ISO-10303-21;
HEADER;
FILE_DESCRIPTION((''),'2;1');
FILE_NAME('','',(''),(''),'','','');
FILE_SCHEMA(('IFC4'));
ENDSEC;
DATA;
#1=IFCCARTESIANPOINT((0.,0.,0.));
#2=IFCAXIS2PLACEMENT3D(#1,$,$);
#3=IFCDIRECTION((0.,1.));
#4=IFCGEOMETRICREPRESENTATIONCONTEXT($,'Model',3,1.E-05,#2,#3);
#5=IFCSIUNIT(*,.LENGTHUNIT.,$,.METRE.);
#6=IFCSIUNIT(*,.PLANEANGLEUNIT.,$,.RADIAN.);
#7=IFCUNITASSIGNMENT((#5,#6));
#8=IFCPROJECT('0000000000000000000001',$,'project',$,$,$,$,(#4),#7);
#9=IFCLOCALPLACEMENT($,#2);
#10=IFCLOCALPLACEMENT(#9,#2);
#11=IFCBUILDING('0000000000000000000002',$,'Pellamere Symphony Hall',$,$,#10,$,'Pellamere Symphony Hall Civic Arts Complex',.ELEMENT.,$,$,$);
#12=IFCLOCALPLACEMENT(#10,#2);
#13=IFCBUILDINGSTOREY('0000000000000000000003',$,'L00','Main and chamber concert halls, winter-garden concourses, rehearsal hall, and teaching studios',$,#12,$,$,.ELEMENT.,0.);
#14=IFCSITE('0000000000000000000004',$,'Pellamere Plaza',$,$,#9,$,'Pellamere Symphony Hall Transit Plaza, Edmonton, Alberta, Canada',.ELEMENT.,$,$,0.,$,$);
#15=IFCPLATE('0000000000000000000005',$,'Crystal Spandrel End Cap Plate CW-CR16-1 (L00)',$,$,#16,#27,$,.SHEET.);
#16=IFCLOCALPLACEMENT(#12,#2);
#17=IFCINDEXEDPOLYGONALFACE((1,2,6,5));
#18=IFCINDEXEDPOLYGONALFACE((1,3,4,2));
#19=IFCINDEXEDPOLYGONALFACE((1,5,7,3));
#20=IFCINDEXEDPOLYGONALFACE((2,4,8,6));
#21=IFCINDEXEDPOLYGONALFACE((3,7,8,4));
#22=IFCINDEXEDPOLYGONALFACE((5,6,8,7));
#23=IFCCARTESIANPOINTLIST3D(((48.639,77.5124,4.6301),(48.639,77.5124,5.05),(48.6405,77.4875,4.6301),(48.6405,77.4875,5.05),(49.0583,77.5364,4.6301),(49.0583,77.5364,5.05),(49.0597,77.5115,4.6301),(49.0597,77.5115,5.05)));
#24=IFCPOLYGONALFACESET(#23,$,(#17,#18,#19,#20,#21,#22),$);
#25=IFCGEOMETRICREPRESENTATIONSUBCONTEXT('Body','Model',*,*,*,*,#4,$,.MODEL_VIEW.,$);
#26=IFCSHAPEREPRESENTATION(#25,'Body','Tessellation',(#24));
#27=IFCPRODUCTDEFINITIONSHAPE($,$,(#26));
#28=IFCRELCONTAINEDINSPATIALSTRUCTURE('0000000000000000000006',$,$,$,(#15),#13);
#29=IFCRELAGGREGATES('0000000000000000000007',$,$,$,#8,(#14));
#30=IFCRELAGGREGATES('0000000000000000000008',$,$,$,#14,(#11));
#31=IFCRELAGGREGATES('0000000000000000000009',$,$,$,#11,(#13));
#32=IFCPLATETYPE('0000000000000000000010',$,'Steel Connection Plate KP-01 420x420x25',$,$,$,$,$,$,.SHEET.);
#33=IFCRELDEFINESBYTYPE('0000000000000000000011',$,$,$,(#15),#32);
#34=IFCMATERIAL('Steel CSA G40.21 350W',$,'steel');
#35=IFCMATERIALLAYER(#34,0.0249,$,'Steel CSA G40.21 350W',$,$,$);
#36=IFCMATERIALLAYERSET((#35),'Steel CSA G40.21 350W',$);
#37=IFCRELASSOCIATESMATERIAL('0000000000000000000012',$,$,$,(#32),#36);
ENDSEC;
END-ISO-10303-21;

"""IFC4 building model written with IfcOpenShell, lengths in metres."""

from ifc_helpers import new_model, si_unit, direction, frame, origin, origin_2d, place, context, subcontext, project, spatial, rectangle, extrude, material, layer, layer_set, type_object, element, save


model = new_model("IFC4")

# Units and contexts
model_context = context("Model", 3, precision=1e-05, world=origin(), true_north=direction((0.0, 1.0)))
body_context = subcontext(model_context, "Body", "Model", "MODEL_VIEW")
ifc_project = project(units=[si_unit("LENGTHUNIT", "METRE"), si_unit("PLANEANGLEUNIT", "RADIAN")], contexts=[model_context])

# Site, building, storey
site_placement = place(None, origin())
site = spatial("IfcSite", under=ifc_project, at=site_placement, Name="Pellamere Plaza", LongName="Pellamere Symphony Hall Transit Plaza, Edmonton, Alberta, Canada", CompositionType="ELEMENT", RefElevation=0.0)
building_placement = place(site_placement, origin())
building = spatial("IfcBuilding", under=site, at=building_placement, Name="Pellamere Symphony Hall", LongName="Pellamere Symphony Hall Civic Arts Complex", CompositionType="ELEMENT")
storey_placement = place(building_placement, origin())
storey = spatial("IfcBuildingStorey", under=building, at=storey_placement, Name="L00", Description="Main and chamber concert halls, winter-garden concourses, rehearsal hall, and teaching studios", CompositionType="ELEMENT", Elevation=0.0)

# Plate
ifc_material_1 = material(Name="Steel CSA G40.21 350W", Category="steel")
ifc_layer_1 = layer(ifc_material_1, 0.0249, Name="Steel CSA G40.21 350W")
ifc_layer_set_1 = layer_set([ifc_layer_1], Name="Steel CSA G40.21 350W")
plate_type_1 = type_object("IfcPlateType", Name="Steel Connection Plate KP-01 420x420x25", PredefinedType="SHEET", material=ifc_layer_set_1)
plate_1_placement = place(storey_placement, frame((48.8494, 77.512, 4.6301), z_axis=(0.0, 0.0, 1.0), x_axis=(0.057216, -0.998362, 0.0)))
element("IfcPlate", 1, at=plate_1_placement, inside=storey, type_object=plate_type_1, Name="Crystal Spandrel End Cap Plate CW-CR16-1 (L00)", PredefinedType="SHEET", context=body_context, shape_type="SweptSolid", body=[
    extrude(rectangle(XDim=0.0249, YDim=0.4199, at=origin_2d()), origin(), (0.0, 0.0, 1.0), 0.4199),
])

save(model, "model.ifc")
